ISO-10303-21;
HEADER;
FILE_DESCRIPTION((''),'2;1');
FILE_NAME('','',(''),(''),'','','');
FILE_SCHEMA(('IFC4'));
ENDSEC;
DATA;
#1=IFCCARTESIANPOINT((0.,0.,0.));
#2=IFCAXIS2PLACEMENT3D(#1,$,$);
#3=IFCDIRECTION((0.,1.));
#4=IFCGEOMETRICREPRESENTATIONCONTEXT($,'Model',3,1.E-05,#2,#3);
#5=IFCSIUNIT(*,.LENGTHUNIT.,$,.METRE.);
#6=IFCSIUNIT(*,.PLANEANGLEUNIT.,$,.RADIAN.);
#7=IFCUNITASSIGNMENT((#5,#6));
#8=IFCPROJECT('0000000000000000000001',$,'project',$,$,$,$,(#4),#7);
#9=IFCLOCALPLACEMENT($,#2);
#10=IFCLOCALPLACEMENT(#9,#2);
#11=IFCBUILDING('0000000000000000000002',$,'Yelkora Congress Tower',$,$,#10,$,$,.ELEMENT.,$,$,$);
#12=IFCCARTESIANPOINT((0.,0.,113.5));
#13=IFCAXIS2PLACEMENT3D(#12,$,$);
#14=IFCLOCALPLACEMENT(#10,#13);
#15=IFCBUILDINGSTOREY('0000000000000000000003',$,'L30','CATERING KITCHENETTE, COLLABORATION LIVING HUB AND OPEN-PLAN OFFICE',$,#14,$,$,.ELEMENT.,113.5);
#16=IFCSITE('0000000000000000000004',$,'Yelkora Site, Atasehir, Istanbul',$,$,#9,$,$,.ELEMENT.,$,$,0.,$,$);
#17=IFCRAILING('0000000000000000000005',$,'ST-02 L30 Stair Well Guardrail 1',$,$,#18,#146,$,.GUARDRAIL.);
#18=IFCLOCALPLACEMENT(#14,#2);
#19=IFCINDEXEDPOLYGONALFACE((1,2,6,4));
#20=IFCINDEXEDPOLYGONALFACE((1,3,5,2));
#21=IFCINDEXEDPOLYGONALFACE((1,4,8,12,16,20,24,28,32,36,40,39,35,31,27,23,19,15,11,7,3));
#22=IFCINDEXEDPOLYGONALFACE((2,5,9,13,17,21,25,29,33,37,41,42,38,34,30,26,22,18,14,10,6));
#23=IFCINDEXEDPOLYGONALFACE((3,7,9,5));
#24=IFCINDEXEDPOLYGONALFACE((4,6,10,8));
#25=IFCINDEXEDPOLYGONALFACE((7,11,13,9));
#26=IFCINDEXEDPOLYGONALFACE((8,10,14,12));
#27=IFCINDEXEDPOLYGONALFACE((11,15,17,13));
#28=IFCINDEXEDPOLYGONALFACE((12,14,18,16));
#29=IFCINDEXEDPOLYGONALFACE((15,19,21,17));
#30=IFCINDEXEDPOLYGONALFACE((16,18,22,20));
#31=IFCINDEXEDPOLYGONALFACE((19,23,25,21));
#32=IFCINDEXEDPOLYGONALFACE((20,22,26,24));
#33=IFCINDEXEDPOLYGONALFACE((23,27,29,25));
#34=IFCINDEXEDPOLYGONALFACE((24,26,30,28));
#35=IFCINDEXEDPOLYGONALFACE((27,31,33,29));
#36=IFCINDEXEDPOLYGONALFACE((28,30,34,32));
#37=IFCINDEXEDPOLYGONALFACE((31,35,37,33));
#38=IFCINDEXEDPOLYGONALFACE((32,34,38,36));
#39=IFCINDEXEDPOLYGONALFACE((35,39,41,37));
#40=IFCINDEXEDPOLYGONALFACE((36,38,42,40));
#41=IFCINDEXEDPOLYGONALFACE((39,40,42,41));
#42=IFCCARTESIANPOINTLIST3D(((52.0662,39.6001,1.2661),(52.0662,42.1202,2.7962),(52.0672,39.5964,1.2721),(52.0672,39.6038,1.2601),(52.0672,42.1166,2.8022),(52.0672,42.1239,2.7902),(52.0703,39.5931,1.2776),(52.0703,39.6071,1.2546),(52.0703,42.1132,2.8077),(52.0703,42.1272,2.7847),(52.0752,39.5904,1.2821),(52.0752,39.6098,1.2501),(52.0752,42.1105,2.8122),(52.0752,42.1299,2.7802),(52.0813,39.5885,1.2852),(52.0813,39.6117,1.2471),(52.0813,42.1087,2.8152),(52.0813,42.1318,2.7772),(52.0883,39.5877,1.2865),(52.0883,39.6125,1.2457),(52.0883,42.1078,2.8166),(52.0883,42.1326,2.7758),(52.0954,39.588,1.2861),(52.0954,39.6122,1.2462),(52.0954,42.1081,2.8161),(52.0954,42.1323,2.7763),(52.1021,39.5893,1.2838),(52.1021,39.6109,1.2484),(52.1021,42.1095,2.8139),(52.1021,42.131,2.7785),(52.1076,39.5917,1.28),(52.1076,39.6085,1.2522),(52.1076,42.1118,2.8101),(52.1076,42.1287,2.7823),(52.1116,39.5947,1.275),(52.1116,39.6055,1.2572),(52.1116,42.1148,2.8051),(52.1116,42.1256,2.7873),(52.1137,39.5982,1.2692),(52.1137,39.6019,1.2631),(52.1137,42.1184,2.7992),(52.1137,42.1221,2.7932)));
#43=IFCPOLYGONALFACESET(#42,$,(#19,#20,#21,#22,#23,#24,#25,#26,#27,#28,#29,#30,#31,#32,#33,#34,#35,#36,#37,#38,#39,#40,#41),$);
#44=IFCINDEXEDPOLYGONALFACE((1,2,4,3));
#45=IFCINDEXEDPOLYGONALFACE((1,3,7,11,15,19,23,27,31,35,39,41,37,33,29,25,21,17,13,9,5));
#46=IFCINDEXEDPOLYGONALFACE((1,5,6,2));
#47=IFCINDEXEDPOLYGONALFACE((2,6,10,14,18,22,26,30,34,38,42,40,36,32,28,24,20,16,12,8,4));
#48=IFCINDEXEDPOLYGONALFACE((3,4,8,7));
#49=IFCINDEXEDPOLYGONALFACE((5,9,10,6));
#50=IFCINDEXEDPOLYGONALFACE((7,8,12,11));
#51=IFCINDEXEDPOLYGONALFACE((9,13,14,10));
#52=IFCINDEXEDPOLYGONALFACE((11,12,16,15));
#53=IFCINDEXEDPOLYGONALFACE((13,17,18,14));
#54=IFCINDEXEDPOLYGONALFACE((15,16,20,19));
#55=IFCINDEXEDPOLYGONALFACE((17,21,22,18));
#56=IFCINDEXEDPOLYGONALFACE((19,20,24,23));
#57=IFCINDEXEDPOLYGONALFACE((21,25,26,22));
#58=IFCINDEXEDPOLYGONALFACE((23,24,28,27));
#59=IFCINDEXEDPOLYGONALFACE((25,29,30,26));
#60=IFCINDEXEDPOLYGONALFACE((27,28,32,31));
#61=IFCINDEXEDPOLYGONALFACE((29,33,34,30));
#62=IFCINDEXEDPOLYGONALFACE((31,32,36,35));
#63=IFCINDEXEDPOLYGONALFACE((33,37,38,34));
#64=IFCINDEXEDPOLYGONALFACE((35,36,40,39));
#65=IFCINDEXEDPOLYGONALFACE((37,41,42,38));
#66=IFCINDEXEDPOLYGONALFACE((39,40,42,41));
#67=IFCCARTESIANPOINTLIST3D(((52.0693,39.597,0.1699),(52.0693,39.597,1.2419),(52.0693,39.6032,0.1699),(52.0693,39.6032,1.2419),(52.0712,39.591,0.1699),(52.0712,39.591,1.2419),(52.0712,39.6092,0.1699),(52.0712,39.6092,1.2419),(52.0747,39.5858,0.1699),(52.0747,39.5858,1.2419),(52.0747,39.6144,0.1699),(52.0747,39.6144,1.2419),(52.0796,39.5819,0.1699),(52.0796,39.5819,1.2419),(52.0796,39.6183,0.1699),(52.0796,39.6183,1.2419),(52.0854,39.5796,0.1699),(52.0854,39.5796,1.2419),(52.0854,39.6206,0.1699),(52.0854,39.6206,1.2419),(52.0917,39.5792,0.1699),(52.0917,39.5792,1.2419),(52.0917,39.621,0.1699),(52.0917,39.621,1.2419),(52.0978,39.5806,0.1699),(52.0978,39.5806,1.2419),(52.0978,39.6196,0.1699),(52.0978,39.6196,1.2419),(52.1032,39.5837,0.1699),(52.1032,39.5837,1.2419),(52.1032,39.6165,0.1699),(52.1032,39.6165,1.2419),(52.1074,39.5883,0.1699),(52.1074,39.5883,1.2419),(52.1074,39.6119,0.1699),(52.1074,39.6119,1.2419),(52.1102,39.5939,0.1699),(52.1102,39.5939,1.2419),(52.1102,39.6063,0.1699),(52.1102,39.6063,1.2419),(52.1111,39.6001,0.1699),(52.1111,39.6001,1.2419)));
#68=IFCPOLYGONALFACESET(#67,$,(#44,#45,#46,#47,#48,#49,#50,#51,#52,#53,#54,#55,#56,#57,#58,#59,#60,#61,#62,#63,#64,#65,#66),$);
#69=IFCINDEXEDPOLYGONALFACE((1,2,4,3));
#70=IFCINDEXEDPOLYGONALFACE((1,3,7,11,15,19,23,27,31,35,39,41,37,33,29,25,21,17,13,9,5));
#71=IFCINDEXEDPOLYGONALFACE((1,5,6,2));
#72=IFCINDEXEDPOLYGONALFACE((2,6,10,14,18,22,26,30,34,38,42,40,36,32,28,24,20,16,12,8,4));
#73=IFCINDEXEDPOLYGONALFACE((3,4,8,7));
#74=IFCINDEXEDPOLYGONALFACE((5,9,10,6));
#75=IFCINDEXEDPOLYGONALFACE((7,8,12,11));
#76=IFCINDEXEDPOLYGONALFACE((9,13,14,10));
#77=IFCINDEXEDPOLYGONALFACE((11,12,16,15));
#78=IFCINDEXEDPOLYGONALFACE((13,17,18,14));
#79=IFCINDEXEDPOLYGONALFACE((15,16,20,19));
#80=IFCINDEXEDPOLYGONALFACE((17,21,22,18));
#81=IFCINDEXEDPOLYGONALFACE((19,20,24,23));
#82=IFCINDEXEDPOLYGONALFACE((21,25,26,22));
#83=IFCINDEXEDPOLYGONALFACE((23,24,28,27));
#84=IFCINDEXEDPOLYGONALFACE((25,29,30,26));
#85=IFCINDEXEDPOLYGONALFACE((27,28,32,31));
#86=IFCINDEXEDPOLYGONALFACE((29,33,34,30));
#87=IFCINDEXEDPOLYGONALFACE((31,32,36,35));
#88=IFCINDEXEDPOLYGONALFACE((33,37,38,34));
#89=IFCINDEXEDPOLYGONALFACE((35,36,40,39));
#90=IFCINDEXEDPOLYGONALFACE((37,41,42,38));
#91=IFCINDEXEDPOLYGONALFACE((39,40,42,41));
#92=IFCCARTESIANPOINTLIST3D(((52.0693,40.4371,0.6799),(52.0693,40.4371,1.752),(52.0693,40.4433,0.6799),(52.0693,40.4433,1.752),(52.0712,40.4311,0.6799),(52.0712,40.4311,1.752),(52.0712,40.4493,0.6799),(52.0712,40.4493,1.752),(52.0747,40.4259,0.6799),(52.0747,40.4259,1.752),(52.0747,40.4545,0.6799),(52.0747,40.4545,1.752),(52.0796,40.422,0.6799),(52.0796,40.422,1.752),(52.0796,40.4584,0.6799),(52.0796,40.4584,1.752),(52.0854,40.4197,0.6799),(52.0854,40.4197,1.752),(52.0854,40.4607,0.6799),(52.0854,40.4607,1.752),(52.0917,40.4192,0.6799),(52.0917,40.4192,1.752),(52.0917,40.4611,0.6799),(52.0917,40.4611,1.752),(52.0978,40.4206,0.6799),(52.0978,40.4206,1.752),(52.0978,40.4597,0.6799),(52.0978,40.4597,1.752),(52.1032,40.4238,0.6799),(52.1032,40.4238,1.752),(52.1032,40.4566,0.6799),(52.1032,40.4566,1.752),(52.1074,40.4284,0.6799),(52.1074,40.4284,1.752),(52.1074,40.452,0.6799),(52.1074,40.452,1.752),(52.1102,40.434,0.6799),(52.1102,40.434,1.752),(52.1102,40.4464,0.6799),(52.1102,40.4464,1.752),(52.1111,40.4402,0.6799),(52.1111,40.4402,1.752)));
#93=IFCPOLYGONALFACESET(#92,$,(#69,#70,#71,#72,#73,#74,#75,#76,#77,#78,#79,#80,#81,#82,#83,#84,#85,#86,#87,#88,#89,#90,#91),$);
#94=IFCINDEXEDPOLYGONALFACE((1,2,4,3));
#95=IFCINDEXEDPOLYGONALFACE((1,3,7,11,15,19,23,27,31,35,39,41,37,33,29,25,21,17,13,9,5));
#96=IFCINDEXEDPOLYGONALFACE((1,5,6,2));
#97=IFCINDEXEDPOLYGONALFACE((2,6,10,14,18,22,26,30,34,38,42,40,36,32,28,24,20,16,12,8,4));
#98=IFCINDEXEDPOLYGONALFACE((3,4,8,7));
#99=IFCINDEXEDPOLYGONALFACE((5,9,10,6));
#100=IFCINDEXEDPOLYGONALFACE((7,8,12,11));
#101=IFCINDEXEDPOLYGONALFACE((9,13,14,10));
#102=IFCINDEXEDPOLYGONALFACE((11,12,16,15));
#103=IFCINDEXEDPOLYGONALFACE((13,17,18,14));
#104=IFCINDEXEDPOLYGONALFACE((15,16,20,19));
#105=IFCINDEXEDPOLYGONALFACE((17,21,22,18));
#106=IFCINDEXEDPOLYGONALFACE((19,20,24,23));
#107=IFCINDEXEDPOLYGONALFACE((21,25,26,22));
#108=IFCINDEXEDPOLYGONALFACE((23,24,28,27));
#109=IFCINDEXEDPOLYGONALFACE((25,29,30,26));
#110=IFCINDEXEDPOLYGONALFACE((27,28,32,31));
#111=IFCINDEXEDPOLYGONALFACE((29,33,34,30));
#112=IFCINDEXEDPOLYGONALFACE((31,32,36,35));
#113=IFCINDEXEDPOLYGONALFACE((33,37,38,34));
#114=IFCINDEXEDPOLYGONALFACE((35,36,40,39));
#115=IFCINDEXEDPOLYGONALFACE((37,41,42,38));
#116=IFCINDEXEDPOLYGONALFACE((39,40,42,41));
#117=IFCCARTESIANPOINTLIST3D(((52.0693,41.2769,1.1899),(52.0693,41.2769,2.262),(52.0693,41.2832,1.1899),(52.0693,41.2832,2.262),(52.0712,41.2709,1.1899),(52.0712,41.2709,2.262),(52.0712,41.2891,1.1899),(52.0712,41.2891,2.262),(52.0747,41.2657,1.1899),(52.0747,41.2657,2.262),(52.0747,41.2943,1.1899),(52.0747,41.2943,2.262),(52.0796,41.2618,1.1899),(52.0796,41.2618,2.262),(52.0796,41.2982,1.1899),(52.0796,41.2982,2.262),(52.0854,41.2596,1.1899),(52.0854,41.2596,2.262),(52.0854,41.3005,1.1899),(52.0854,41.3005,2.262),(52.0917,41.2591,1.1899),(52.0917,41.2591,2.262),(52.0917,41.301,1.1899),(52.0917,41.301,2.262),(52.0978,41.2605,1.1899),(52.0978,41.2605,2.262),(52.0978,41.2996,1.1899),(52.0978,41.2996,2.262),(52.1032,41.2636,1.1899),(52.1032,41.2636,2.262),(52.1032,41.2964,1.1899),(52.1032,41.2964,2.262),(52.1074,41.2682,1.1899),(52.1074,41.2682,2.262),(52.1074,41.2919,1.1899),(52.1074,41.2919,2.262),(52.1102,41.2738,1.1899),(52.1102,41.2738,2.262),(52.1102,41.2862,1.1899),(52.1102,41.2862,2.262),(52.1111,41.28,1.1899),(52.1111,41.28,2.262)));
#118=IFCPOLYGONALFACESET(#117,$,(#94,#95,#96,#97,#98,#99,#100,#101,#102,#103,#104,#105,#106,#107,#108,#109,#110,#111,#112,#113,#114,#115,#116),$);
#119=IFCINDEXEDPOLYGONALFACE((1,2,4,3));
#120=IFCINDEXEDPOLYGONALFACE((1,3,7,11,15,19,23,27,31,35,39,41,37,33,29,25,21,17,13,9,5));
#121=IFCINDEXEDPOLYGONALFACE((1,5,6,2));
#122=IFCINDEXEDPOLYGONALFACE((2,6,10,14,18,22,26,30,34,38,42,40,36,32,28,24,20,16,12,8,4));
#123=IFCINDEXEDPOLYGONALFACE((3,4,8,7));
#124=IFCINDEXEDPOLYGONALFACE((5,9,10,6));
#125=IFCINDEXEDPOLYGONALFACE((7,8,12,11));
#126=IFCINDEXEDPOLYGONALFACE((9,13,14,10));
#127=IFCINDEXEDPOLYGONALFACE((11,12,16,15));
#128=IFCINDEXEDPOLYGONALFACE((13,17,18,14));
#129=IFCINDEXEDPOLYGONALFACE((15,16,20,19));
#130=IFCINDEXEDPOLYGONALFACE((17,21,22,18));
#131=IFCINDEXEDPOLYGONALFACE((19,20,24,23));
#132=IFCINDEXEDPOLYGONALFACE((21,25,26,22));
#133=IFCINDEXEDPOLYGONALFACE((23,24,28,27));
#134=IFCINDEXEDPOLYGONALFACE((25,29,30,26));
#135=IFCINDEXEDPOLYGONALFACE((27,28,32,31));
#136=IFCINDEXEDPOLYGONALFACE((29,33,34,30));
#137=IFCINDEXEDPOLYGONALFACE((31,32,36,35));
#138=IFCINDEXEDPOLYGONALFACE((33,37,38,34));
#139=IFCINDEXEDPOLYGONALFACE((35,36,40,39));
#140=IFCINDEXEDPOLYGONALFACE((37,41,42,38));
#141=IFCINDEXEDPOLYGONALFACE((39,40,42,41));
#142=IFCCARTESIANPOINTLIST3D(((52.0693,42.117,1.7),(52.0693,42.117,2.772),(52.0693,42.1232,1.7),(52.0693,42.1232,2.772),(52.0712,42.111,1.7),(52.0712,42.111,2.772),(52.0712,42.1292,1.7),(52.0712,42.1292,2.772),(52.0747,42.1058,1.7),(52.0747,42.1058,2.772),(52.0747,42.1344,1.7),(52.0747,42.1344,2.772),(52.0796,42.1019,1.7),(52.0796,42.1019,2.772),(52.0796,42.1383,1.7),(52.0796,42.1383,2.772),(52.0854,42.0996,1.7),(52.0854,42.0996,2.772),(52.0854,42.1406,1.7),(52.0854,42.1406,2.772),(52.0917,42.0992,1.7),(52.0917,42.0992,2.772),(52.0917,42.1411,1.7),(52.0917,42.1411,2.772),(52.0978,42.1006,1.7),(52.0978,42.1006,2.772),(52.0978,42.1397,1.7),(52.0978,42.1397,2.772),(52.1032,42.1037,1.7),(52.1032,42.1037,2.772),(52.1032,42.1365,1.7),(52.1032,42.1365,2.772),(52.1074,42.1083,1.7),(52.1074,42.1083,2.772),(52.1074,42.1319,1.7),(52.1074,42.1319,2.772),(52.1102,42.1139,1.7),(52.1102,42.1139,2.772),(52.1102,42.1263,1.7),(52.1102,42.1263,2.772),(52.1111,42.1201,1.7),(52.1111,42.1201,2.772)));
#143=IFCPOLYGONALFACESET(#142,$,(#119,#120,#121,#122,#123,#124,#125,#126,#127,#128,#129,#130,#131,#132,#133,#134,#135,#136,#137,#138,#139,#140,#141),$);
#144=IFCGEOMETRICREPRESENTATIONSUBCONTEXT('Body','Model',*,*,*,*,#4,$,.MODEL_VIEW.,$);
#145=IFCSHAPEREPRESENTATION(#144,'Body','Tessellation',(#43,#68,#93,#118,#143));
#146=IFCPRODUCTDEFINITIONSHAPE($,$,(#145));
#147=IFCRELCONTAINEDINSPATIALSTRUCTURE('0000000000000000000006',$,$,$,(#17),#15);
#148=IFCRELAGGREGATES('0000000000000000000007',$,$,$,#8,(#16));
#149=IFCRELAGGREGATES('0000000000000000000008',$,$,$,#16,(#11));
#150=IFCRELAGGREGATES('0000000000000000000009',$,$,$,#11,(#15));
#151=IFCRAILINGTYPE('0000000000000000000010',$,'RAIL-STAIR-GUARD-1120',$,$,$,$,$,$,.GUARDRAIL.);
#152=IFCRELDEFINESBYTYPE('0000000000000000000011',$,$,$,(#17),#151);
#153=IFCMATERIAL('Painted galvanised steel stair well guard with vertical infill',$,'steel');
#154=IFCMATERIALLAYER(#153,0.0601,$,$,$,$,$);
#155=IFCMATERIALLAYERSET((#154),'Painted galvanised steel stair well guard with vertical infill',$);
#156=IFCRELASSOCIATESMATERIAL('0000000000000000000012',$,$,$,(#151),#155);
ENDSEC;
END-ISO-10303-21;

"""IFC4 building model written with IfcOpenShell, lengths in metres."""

from ifc_helpers import new_model, si_unit, direction, frame, origin, origin_2d, place, context, subcontext, project, spatial, circle, extrude, material, layer, layer_set, type_object, element, save


model = new_model("IFC4")

# Units and contexts
model_context = context("Model", 3, precision=1e-05, world=origin(), true_north=direction((0.0, 1.0)))
body_context = subcontext(model_context, "Body", "Model", "MODEL_VIEW")
ifc_project = project(units=[si_unit("LENGTHUNIT", "METRE"), si_unit("PLANEANGLEUNIT", "RADIAN")], contexts=[model_context])

# Site, building, storey
site_placement = place(None, origin())
site = spatial("IfcSite", under=ifc_project, at=site_placement, Name="Yelkora Site, Atasehir, Istanbul", CompositionType="ELEMENT", RefElevation=0.0)
building_placement = place(site_placement, origin())
building = spatial("IfcBuilding", under=site, at=building_placement, Name="Yelkora Congress Tower", CompositionType="ELEMENT")
storey_placement = place(building_placement, frame((0.0, 0.0, 113.5)))
storey = spatial("IfcBuildingStorey", under=building, at=storey_placement, Name="L30", Description="CATERING KITCHENETTE, COLLABORATION LIVING HUB AND OPEN-PLAN OFFICE", CompositionType="ELEMENT", Elevation=113.5)

# Railing
ifc_material_1 = material(Name="Painted galvanised steel stair well guard with vertical infill", Category="steel")
ifc_layer_1 = layer(ifc_material_1, 0.0601)
ifc_layer_set_1 = layer_set([ifc_layer_1], Name="Painted galvanised steel stair well guard with vertical infill")
railing_type_1 = type_object("IfcRailingType", Name="RAIL-STAIR-GUARD-1120", PredefinedType="GUARDRAIL", material=ifc_layer_set_1)
railing_1_placement = place(storey_placement, frame((52.0901, 39.6001, 0.1699)))
element("IfcRailing", 1, at=railing_1_placement, inside=storey, type_object=railing_type_1, Name="ST-02 L30 Stair Well Guardrail 1", PredefinedType="GUARDRAIL", context=body_context, shape_type="SweptSolid", body=[
    extrude(circle(Radius=0.0239, at=origin_2d()), frame((0.0, 0.0, 1.0962), z_axis=(0.0, 0.854785, 0.518982), x_axis=(-1.0, 0.0, 0.0)), (0.0, 0.0, 1.0), 2.9482),
    extrude(circle(Radius=0.021, at=origin_2d()), origin(), (0.0, 0.0, 1.0), 1.072),
    extrude(circle(Radius=0.021, at=origin_2d()), frame((0.0, 0.8401, 0.51)), (0.0, 0.0, 1.0), 1.072),
    extrude(circle(Radius=0.021, at=origin_2d()), frame((0.0, 1.6799, 1.02)), (0.0, 0.0, 1.0), 1.072),
    extrude(circle(Radius=0.021, at=origin_2d()), frame((0.0, 2.52, 1.53)), (0.0, 0.0, 1.0), 1.072),
])

save(model, "model.ifc")
